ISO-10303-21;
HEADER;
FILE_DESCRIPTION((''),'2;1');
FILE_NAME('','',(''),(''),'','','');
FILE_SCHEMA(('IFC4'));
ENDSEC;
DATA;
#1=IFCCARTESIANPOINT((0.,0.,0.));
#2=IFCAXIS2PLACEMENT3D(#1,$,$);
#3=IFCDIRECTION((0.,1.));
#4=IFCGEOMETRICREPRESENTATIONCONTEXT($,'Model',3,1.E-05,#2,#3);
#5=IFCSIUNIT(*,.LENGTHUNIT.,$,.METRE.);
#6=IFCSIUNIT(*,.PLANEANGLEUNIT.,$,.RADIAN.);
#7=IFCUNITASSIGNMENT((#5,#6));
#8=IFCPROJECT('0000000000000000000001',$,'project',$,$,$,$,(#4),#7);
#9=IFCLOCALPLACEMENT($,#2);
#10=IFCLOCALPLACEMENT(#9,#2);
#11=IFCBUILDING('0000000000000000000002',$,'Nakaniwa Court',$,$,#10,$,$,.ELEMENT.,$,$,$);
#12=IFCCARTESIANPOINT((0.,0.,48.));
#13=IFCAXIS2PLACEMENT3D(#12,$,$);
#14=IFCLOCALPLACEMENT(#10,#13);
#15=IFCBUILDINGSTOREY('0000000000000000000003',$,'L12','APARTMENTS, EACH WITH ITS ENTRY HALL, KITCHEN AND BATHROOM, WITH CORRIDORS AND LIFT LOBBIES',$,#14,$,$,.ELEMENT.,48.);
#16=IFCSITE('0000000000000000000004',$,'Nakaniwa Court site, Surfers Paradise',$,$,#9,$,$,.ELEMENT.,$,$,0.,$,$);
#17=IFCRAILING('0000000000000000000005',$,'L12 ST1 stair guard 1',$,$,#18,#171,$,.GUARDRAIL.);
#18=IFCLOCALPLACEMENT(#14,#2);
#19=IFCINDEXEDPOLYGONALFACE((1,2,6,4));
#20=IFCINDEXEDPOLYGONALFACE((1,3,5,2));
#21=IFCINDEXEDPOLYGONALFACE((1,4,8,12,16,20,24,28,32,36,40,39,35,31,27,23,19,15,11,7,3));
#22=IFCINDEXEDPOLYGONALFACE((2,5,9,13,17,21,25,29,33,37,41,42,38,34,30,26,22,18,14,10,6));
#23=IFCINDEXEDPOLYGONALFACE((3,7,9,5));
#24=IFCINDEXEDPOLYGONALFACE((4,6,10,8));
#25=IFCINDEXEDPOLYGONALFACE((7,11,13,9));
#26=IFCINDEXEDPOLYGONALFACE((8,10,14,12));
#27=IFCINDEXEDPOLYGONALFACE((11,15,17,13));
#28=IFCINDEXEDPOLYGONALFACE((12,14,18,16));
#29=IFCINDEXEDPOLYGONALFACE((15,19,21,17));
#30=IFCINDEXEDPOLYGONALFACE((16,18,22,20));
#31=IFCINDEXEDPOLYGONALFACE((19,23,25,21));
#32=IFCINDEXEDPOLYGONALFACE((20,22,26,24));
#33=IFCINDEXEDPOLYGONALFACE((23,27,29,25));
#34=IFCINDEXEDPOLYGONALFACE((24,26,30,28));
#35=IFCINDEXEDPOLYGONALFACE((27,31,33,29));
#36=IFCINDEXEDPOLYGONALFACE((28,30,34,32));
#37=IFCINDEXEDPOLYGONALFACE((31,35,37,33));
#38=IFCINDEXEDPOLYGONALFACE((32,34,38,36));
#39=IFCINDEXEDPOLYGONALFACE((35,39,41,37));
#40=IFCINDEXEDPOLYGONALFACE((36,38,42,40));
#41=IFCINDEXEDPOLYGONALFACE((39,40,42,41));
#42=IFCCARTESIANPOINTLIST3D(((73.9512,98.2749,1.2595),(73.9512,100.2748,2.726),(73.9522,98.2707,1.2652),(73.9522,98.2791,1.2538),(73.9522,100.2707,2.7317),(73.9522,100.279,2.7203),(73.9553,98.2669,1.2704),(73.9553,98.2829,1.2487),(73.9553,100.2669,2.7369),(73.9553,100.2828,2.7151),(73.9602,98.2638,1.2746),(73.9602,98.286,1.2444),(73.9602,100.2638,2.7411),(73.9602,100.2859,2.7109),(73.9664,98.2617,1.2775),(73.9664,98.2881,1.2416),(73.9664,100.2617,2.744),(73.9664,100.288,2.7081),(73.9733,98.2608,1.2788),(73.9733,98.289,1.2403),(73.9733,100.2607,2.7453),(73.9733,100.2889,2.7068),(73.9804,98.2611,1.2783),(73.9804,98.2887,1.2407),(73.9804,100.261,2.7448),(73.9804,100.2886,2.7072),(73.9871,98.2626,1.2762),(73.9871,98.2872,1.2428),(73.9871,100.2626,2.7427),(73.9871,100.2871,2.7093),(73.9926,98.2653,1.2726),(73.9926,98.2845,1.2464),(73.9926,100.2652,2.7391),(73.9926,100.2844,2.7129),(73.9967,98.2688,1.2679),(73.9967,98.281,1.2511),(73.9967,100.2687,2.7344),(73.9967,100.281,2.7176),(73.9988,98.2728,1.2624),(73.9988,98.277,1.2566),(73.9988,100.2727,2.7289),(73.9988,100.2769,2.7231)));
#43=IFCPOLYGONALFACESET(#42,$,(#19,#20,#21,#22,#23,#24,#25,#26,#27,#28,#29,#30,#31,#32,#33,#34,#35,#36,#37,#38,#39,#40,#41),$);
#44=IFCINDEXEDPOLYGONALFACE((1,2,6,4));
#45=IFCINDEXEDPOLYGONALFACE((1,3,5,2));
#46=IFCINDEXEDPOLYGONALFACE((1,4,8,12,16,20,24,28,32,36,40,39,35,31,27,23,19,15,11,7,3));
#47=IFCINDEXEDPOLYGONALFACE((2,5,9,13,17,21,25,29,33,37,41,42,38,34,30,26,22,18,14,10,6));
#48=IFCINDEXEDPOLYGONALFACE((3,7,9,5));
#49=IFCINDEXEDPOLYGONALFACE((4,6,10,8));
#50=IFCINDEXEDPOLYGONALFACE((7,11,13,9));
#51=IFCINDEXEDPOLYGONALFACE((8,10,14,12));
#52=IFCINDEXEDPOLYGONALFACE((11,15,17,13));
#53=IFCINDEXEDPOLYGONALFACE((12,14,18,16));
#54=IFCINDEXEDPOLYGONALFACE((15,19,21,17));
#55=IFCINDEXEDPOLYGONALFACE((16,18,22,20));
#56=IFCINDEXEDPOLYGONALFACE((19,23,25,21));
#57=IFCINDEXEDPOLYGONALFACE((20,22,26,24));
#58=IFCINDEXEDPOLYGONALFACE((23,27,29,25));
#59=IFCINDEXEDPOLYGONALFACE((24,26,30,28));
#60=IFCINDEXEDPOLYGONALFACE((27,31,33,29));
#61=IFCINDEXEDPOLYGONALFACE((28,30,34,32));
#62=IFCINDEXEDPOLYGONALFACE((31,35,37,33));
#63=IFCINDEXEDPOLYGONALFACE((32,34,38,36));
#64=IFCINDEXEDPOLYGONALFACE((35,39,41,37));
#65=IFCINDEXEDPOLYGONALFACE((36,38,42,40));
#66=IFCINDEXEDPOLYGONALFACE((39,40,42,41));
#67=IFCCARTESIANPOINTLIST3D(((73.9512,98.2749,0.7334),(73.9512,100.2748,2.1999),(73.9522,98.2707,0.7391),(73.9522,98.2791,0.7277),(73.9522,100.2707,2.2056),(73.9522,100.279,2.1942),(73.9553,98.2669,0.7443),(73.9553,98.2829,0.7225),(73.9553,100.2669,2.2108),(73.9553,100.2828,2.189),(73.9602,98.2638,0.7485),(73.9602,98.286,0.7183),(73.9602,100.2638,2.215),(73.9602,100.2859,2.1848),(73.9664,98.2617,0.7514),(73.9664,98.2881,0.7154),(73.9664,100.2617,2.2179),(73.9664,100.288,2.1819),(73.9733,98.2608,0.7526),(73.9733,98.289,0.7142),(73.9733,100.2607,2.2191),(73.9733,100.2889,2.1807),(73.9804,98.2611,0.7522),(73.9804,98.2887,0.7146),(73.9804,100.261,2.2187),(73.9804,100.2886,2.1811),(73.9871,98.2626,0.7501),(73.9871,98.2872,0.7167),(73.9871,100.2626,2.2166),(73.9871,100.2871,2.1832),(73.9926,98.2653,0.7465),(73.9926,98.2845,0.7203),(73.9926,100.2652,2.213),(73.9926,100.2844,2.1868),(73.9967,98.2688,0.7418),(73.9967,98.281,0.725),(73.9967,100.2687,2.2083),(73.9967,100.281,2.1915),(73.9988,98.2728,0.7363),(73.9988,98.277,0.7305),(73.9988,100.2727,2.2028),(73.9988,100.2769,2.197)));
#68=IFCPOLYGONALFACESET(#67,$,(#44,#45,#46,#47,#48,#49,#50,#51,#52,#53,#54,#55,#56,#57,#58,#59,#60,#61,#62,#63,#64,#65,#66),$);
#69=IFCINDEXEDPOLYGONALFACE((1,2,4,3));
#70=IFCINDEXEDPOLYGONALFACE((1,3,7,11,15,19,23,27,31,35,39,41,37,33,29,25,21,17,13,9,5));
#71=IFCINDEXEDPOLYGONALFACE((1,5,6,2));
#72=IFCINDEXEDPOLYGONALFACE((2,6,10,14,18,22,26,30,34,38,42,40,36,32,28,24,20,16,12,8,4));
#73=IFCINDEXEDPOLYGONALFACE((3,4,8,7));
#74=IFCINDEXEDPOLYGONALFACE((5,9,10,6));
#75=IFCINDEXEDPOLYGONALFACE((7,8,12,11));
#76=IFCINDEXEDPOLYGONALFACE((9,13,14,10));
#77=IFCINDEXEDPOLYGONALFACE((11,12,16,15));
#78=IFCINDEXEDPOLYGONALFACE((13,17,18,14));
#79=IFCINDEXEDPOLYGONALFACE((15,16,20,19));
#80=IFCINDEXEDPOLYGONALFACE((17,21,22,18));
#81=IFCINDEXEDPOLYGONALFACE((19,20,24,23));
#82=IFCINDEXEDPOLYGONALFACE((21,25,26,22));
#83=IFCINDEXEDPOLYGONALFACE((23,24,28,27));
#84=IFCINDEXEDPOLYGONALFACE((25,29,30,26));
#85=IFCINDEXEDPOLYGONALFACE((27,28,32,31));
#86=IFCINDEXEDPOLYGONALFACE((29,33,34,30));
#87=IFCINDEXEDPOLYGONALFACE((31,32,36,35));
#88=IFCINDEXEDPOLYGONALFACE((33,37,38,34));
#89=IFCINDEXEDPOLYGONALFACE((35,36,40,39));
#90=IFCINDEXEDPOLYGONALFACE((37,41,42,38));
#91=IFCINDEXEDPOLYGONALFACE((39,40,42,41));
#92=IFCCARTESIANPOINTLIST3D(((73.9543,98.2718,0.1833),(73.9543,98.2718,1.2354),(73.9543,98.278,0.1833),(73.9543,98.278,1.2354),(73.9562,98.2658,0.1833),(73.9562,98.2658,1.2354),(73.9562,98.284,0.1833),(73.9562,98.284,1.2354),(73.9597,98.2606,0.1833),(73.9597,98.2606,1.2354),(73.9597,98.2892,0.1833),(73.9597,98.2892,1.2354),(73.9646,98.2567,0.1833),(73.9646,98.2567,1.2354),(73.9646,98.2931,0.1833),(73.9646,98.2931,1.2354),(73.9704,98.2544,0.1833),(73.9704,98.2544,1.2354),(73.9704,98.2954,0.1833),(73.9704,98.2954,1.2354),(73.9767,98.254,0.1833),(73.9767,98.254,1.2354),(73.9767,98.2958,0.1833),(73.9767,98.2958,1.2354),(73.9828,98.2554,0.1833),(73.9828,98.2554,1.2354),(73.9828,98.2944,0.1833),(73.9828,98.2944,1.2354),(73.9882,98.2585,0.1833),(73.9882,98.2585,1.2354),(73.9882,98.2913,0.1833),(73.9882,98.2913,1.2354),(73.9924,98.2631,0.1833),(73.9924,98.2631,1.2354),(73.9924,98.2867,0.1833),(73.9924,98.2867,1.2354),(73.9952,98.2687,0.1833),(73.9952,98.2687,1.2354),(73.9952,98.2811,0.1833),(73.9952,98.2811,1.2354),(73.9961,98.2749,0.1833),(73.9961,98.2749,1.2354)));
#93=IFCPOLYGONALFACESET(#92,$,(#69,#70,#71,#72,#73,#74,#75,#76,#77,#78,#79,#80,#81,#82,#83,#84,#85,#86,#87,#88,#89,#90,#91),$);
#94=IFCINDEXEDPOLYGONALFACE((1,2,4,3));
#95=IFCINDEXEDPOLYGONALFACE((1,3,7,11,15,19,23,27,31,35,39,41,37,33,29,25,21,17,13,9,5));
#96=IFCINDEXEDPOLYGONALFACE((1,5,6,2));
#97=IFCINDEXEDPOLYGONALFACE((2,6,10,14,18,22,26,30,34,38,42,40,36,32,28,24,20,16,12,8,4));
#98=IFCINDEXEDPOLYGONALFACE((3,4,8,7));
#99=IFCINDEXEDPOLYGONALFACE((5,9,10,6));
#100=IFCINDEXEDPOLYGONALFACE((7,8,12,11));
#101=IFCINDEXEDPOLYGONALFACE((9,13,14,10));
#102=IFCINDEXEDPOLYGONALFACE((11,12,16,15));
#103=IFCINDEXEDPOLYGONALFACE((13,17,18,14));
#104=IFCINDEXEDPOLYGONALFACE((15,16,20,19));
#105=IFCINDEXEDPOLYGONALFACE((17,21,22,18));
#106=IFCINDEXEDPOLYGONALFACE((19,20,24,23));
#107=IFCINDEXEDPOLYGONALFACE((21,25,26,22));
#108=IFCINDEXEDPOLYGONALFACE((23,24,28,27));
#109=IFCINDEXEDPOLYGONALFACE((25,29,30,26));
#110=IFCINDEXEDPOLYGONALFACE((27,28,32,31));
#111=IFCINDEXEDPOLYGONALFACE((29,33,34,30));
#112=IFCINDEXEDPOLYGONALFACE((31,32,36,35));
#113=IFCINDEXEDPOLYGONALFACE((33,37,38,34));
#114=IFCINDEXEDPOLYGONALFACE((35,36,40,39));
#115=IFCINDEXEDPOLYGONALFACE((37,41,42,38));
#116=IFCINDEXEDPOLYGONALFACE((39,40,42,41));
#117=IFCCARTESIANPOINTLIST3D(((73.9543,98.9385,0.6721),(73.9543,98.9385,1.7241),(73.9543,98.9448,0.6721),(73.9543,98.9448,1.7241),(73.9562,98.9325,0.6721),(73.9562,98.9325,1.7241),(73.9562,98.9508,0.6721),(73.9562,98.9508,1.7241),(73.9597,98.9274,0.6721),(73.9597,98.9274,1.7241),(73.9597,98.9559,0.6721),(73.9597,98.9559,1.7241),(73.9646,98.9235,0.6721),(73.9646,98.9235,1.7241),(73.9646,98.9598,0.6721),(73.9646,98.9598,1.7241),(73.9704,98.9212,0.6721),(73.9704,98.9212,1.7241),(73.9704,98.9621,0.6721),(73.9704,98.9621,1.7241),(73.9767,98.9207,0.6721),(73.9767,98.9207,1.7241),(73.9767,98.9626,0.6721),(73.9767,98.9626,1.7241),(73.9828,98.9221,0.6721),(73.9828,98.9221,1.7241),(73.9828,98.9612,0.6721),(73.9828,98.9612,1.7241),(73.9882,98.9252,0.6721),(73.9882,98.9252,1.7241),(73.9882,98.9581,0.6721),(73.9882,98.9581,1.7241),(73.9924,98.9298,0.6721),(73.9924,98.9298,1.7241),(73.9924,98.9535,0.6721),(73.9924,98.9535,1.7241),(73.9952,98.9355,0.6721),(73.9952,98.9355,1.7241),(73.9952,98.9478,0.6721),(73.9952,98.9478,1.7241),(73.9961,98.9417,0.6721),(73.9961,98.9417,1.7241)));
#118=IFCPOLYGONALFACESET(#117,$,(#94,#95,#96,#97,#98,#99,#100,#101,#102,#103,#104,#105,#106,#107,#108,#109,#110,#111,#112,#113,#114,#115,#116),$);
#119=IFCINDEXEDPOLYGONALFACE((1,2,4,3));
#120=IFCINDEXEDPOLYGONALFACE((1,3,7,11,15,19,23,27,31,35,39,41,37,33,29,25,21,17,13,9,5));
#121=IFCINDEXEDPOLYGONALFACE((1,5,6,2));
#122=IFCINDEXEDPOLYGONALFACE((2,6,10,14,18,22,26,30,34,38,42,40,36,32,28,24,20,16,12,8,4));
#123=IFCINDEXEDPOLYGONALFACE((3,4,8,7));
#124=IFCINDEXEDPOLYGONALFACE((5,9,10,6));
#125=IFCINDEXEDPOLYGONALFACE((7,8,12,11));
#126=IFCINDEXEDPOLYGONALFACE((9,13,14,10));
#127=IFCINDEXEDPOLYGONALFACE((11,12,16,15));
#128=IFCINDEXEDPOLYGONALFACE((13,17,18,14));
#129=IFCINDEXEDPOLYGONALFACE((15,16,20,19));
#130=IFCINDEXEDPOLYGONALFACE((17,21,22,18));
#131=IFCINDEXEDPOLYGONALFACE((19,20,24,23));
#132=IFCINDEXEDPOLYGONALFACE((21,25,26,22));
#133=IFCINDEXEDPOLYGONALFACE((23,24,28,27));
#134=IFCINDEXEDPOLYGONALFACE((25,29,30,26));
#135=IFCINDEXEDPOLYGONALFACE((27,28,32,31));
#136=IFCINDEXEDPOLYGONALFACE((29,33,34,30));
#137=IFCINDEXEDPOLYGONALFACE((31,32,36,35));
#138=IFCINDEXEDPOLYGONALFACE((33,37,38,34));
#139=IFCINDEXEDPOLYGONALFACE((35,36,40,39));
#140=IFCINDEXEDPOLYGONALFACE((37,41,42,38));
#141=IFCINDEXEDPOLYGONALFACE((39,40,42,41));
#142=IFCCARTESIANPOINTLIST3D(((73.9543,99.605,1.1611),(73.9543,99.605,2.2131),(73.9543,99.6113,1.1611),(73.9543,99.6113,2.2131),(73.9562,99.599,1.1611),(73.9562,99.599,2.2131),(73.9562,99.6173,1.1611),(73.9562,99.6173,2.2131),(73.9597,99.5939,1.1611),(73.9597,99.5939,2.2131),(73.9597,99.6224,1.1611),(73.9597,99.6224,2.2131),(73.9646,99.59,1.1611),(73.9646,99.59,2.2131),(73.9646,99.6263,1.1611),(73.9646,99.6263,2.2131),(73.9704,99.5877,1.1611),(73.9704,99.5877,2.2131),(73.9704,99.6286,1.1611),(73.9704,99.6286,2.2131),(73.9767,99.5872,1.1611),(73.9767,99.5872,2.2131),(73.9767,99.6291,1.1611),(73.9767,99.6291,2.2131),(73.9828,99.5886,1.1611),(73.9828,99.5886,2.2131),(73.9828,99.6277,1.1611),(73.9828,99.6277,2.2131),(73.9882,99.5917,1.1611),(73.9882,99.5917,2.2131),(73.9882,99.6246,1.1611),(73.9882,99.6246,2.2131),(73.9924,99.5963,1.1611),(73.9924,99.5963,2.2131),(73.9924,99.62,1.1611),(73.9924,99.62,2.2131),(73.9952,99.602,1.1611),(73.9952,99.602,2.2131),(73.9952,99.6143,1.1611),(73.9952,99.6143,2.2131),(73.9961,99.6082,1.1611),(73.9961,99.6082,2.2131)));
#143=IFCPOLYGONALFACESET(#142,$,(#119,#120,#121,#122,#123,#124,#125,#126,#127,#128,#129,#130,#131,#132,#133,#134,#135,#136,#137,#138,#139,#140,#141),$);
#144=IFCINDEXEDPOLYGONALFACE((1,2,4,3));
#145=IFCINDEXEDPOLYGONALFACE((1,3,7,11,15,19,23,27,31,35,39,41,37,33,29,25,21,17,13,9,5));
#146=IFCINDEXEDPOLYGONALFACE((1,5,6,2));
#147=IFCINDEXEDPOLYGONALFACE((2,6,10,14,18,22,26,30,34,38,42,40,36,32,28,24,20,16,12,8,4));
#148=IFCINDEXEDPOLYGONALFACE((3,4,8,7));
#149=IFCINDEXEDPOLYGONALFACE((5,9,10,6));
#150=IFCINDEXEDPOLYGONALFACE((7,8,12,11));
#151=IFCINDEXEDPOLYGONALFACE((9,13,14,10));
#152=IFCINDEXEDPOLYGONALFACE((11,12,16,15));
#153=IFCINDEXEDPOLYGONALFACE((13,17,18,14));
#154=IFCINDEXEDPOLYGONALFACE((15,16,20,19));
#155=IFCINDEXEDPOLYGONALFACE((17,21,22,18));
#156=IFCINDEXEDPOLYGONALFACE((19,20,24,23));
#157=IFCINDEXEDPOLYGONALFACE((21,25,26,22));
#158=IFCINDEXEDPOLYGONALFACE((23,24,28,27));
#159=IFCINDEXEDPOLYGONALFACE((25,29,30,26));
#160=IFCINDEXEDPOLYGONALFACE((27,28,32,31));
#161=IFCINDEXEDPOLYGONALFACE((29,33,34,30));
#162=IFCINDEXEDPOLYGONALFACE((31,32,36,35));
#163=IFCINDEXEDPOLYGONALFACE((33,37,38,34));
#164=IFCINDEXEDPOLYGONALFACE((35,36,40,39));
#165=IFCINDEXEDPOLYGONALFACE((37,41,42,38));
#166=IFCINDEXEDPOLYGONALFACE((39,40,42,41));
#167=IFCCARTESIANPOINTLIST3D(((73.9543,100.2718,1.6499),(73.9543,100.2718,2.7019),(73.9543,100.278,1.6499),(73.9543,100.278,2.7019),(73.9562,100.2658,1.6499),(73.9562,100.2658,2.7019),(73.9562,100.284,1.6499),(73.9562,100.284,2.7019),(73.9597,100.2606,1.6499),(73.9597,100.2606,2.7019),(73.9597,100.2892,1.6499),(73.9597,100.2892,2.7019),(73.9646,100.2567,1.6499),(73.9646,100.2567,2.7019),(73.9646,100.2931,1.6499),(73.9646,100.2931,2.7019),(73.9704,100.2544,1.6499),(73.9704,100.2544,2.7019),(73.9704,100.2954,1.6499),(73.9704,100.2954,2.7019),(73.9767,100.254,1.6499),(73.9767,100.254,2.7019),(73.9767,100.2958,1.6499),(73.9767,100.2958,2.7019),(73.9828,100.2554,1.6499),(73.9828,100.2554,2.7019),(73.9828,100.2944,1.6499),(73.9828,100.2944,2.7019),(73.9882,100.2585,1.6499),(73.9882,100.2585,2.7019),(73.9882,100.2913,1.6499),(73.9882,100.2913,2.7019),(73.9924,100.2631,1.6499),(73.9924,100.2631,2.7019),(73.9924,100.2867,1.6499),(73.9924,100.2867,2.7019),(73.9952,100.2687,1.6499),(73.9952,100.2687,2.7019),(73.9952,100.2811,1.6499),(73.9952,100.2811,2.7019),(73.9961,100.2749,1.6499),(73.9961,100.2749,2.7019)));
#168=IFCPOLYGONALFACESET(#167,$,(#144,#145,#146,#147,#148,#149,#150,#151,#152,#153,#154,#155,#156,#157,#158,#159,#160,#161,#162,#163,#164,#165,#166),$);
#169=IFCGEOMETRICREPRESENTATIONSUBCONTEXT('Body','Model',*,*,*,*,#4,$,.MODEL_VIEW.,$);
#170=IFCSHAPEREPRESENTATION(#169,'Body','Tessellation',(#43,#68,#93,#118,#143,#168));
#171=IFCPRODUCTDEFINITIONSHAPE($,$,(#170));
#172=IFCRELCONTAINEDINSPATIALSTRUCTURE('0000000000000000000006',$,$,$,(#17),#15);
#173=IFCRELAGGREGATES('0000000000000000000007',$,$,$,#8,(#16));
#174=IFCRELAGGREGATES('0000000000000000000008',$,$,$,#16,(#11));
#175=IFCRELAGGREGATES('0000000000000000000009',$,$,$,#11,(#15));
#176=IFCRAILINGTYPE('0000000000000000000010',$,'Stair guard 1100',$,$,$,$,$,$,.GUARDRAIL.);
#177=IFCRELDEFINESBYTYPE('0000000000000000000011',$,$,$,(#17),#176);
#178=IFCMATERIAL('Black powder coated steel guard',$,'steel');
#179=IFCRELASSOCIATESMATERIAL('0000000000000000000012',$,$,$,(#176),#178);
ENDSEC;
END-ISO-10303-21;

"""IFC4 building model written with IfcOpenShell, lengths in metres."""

from ifc_helpers import new_model, si_unit, direction, frame, origin, origin_2d, place, context, subcontext, project, spatial, circle, extrude, material, type_object, element, save


model = new_model("IFC4")

# Units and contexts
model_context = context("Model", 3, precision=1e-05, world=origin(), true_north=direction((0.0, 1.0)))
body_context = subcontext(model_context, "Body", "Model", "MODEL_VIEW")
ifc_project = project(units=[si_unit("LENGTHUNIT", "METRE"), si_unit("PLANEANGLEUNIT", "RADIAN")], contexts=[model_context])

# Site, building, storey
site_placement = place(None, origin())
site = spatial("IfcSite", under=ifc_project, at=site_placement, Name="Nakaniwa Court site, Surfers Paradise", CompositionType="ELEMENT", RefElevation=0.0)
building_placement = place(site_placement, origin())
building = spatial("IfcBuilding", under=site, at=building_placement, Name="Nakaniwa Court", CompositionType="ELEMENT")
storey_placement = place(building_placement, frame((0.0, 0.0, 48.0)))
storey = spatial("IfcBuildingStorey", under=building, at=storey_placement, Name="L12", Description="APARTMENTS, EACH WITH ITS ENTRY HALL, KITCHEN AND BATHROOM, WITH CORRIDORS AND LIFT LOBBIES", CompositionType="ELEMENT", Elevation=48.0)

# Railing
ifc_material_1 = material(Name="Black powder coated steel guard", Category="steel")
railing_type_1 = type_object("IfcRailingType", Name="Stair guard 1100", PredefinedType="GUARDRAIL", material=ifc_material_1)
railing_1_placement = place(storey_placement, frame((73.9751, 98.2749, 0.1833)))
element("IfcRailing", 1, at=railing_1_placement, inside=storey, type_object=railing_type_1, Name="L12 ST1 stair guard 1", PredefinedType="GUARDRAIL", context=body_context, shape_type="SweptSolid", body=[
    extrude(circle(Radius=0.0239, at=origin_2d()), frame((0.0, 0.0, 1.0762), z_axis=(0.0, 0.806427, 0.591334), x_axis=(-1.0, 0.0, 0.0)), (0.0, 0.0, 1.0), 2.48),
    extrude(circle(Radius=0.0239, at=origin_2d()), frame((0.0, 0.0, 0.55), z_axis=(0.0, 0.806427, 0.591334), x_axis=(-1.0, 0.0, 0.0)), (0.0, 0.0, 1.0), 2.48),
    extrude(circle(Radius=0.021, at=origin_2d()), origin(), (0.0, 0.0, 1.0), 1.052),
    extrude(circle(Radius=0.021, at=origin_2d()), frame((0.0, 0.6667, 0.4888)), (0.0, 0.0, 1.0), 1.052),
    extrude(circle(Radius=0.021, at=origin_2d()), frame((0.0, 1.3333, 0.9778)), (0.0, 0.0, 1.0), 1.052),
    extrude(circle(Radius=0.021, at=origin_2d()), frame((0.0, 2.0, 1.4666)), (0.0, 0.0, 1.0), 1.052),
])

save(model, "model.ifc")
